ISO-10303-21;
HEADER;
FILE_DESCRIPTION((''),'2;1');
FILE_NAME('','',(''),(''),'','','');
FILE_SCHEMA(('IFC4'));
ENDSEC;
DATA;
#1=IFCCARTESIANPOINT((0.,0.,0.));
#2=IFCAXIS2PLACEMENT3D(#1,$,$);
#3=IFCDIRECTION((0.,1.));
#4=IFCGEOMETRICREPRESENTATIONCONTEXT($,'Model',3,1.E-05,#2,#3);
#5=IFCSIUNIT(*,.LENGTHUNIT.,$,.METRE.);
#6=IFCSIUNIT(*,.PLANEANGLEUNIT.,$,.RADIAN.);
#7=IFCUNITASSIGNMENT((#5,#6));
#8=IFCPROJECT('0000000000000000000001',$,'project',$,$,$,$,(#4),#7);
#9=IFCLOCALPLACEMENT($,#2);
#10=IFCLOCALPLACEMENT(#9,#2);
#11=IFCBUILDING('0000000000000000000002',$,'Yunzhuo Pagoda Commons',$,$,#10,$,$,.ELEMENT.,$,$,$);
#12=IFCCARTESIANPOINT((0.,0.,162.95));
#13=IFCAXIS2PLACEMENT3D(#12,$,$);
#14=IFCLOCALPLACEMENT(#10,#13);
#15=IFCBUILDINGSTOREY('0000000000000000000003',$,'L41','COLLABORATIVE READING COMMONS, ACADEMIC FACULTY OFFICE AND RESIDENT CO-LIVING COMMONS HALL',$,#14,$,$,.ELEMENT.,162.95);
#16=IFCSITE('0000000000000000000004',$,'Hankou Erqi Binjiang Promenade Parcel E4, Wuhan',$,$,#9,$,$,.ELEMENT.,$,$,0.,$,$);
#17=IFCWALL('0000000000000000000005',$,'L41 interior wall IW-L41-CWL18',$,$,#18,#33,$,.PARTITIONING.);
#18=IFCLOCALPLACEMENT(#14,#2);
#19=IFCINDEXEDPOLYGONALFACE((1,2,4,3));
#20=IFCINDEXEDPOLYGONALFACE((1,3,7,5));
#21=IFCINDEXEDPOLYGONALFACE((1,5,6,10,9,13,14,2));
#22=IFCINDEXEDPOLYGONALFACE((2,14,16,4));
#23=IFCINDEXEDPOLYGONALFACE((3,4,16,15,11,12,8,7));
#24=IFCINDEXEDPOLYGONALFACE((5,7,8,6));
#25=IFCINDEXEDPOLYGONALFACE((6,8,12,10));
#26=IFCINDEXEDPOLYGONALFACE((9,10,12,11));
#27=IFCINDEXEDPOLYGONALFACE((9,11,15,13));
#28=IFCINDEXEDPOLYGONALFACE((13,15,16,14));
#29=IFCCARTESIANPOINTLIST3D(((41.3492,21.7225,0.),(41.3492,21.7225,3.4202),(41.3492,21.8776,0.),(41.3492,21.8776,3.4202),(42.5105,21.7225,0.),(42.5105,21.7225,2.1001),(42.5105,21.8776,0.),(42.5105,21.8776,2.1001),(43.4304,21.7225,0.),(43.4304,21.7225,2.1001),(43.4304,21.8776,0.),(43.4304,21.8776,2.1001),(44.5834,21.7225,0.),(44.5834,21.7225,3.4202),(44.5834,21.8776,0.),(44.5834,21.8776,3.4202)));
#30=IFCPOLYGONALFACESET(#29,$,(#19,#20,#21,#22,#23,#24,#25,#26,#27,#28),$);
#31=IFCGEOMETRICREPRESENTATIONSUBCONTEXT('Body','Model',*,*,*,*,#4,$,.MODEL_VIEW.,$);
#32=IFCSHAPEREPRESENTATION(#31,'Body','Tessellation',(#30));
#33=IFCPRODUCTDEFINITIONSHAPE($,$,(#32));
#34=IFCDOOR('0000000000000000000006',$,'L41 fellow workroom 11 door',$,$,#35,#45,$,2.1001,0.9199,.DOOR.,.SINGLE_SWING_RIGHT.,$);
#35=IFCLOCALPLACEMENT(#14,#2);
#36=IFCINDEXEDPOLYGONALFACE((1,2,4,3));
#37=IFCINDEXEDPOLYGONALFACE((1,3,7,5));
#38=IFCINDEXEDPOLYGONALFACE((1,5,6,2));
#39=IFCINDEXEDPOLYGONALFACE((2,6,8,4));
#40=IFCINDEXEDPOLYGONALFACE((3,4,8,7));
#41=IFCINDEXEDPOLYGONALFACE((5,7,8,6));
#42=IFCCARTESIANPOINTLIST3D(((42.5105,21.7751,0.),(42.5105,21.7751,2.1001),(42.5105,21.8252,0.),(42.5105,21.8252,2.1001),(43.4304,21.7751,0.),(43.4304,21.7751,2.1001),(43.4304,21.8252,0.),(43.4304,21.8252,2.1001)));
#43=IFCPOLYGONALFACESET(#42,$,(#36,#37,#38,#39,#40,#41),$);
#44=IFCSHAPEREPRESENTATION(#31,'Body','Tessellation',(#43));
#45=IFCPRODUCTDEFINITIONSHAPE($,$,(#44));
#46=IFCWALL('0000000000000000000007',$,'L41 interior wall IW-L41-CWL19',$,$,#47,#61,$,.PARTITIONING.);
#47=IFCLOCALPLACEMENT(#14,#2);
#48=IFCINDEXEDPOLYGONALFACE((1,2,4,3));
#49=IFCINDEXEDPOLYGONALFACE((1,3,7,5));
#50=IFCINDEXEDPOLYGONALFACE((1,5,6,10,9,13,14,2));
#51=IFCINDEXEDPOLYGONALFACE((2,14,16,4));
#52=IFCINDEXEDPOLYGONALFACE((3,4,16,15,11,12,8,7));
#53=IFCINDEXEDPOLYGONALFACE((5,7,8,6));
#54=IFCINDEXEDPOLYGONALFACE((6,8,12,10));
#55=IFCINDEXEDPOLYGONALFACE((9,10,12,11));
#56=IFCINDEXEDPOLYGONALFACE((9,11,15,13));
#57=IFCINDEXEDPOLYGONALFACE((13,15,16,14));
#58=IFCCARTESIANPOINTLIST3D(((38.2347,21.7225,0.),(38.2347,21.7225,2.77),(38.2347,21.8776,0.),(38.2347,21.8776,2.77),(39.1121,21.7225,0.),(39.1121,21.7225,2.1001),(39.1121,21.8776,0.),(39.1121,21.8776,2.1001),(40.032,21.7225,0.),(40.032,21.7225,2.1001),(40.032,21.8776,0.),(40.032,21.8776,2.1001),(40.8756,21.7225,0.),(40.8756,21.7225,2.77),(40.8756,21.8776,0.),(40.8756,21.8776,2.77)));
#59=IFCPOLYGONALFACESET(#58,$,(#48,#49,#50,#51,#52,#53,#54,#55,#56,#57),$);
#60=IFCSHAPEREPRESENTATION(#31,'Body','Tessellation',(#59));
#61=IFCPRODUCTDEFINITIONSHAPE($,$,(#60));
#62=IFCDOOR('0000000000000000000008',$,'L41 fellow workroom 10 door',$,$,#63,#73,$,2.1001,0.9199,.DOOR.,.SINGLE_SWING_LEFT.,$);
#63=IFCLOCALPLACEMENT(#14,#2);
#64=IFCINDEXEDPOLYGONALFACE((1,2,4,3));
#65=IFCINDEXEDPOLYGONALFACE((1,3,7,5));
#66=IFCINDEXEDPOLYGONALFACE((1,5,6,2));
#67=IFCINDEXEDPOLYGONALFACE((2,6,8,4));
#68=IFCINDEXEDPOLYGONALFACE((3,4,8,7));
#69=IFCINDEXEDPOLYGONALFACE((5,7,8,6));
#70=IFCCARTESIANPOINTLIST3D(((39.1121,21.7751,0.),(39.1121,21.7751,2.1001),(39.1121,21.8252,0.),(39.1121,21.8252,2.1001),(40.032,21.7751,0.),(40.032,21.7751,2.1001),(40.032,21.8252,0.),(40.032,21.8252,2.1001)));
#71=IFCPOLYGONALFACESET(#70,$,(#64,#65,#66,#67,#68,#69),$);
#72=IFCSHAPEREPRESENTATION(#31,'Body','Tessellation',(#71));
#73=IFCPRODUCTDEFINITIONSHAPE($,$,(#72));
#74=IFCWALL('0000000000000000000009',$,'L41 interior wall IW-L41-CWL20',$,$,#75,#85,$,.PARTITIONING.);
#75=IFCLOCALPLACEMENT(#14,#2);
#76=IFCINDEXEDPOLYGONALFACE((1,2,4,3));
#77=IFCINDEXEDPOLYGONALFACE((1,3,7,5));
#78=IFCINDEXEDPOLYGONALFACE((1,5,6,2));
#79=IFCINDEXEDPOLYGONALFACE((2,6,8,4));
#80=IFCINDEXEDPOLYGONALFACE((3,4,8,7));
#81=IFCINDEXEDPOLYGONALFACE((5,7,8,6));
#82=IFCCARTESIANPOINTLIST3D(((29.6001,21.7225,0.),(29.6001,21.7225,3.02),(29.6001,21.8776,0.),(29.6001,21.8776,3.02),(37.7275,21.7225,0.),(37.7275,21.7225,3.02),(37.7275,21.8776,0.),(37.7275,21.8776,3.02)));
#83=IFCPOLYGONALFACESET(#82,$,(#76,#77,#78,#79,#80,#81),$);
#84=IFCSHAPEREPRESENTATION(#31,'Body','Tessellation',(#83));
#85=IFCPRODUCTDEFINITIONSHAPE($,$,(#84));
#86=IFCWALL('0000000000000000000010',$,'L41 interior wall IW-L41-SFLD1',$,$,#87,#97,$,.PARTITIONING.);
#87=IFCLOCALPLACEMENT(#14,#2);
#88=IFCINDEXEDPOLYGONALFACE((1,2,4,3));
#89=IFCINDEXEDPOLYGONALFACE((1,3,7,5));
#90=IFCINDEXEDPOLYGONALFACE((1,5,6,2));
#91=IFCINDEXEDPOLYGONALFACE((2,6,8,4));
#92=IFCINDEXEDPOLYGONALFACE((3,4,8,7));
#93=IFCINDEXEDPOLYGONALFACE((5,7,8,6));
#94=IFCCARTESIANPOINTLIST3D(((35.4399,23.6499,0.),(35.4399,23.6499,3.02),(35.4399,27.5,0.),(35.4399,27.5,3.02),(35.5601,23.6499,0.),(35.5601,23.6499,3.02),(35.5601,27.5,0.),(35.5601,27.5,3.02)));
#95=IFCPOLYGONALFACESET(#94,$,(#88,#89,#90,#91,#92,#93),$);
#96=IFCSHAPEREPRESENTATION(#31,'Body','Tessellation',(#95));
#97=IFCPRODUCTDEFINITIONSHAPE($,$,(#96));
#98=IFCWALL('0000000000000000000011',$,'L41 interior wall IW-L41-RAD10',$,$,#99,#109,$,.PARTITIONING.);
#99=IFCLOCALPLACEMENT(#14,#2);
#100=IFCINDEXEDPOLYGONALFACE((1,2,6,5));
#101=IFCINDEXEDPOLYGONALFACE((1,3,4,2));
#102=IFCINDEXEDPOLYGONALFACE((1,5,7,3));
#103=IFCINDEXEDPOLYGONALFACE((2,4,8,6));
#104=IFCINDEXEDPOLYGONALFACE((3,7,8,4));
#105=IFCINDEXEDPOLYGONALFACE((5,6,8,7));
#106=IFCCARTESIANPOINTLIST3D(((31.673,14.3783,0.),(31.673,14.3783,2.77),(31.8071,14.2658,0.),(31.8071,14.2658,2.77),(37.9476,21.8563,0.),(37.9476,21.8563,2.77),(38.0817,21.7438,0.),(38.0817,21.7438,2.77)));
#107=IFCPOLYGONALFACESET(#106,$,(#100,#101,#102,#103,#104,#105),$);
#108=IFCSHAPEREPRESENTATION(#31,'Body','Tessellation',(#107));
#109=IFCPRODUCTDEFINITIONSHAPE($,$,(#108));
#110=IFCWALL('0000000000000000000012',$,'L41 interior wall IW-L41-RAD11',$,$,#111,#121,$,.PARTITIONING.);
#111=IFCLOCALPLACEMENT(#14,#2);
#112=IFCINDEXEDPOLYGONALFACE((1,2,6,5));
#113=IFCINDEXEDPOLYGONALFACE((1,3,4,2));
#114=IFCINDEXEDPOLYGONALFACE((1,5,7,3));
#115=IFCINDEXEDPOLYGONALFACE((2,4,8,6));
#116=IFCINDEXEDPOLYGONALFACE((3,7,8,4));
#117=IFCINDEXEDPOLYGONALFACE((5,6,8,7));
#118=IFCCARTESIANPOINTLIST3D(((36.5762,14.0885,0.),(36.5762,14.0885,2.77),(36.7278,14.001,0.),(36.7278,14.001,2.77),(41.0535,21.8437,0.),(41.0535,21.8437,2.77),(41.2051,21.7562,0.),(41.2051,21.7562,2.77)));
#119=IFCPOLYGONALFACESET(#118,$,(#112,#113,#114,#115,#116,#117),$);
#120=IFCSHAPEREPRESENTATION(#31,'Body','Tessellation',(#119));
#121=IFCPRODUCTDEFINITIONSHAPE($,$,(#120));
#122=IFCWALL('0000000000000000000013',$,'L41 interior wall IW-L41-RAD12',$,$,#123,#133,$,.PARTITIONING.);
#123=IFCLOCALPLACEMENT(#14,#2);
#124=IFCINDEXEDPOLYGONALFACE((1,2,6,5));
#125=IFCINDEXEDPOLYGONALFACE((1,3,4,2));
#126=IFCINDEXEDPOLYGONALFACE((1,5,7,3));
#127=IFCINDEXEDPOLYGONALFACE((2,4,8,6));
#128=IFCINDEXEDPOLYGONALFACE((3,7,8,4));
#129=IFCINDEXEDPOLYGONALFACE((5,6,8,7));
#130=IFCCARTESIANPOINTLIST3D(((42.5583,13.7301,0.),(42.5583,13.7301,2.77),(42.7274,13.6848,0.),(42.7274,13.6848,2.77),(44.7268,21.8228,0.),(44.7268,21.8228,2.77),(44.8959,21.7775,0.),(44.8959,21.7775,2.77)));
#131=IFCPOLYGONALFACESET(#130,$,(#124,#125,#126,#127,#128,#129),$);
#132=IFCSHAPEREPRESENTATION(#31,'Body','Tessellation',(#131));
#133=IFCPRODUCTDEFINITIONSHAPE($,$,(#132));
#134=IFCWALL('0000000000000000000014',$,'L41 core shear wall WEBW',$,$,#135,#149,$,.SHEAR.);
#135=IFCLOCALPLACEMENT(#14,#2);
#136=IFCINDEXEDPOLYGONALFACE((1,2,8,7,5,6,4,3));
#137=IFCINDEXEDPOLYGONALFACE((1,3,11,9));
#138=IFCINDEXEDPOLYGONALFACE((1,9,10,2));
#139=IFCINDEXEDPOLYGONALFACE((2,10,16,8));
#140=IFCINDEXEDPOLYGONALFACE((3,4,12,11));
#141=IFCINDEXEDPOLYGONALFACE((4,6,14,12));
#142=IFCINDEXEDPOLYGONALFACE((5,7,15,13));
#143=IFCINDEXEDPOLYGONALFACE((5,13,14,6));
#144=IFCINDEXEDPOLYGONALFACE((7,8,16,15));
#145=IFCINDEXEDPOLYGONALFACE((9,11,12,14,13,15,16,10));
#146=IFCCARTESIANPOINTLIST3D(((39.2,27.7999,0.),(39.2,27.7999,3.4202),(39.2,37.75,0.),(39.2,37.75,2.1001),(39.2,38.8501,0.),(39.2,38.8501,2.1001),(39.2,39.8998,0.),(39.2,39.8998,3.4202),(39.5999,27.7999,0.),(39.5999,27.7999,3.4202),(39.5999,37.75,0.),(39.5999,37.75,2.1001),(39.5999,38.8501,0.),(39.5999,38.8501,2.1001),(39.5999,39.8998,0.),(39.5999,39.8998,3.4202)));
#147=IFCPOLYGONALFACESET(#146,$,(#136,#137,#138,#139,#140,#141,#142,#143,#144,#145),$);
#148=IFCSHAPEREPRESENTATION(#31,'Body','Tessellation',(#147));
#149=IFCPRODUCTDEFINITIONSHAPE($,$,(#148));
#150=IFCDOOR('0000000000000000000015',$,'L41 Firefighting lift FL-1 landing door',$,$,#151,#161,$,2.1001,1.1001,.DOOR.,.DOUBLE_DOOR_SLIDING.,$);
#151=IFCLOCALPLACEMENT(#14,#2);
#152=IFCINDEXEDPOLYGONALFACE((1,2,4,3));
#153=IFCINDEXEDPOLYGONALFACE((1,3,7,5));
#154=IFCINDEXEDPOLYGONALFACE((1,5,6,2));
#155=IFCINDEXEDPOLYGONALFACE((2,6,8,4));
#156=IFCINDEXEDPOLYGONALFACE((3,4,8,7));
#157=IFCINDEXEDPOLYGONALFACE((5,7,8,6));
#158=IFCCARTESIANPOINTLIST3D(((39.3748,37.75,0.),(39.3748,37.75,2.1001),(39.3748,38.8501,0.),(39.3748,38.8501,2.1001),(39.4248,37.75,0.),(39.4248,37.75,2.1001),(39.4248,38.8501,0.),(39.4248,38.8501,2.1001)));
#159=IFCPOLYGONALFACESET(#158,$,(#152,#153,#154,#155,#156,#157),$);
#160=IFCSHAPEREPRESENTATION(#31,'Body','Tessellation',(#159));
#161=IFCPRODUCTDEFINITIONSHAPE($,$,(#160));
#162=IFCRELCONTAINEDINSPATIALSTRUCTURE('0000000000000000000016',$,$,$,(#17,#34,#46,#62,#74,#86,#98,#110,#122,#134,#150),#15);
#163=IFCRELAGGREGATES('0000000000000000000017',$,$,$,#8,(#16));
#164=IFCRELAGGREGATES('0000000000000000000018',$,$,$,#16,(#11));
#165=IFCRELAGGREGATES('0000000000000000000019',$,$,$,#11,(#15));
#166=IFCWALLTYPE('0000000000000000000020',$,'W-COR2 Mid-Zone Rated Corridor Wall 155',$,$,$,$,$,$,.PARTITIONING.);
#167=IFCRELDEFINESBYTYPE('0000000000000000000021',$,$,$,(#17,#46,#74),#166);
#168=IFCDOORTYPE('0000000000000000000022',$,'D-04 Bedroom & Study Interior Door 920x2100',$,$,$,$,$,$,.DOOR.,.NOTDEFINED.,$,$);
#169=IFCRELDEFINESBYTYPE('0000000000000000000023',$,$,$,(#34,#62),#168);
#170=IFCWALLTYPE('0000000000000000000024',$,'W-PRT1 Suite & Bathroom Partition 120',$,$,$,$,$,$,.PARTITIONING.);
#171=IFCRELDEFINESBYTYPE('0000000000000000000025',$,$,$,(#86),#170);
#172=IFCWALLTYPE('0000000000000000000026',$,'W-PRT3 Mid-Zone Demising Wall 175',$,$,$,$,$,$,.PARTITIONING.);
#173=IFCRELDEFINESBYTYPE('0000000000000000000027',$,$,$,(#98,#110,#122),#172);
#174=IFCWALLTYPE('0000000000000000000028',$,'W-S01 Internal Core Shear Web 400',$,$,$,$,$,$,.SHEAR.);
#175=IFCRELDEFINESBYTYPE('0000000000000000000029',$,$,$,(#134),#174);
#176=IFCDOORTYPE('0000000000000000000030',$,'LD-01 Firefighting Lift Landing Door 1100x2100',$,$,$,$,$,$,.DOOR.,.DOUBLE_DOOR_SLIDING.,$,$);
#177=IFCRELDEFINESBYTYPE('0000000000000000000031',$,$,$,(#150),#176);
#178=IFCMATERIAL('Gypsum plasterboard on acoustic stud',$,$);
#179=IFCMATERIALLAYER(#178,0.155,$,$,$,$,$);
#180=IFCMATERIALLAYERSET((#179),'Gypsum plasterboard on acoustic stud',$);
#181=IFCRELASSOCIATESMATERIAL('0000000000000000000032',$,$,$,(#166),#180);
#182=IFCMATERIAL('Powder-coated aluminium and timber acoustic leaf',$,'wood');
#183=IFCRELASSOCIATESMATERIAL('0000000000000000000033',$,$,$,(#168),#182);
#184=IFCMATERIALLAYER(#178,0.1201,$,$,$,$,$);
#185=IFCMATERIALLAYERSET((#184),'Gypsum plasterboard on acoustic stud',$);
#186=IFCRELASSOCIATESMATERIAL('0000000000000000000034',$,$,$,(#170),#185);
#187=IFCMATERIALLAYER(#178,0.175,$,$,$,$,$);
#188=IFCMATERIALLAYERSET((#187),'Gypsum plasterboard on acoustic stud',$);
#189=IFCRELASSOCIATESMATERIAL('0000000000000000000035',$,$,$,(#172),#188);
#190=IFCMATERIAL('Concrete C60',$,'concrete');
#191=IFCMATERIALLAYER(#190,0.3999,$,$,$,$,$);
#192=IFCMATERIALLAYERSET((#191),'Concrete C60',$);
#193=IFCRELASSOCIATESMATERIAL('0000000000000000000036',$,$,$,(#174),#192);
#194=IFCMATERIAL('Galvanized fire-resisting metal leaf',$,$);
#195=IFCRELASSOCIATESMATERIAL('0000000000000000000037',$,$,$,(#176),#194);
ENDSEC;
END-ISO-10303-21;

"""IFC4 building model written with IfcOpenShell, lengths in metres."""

from ifc_helpers import new_model, si_unit, direction, frame, frame_2d, origin, origin_with_axes, place, context, subcontext, project, spatial, rectangle, extrude, source, transform, mapped, material, layer, layer_set, type_object, element, fill, save


model = new_model("IFC4")

# Units and contexts
model_context = context("Model", 3, precision=1e-05, world=origin(), true_north=direction((0.0, 1.0)))
body_context = subcontext(model_context, "Body", "Model", "MODEL_VIEW")
ifc_project = project(units=[si_unit("LENGTHUNIT", "METRE"), si_unit("PLANEANGLEUNIT", "RADIAN")], contexts=[model_context])

# Site, building, storey
site_placement = place(None, origin())
site = spatial("IfcSite", under=ifc_project, at=site_placement, Name="Hankou Erqi Binjiang Promenade Parcel E4, Wuhan", CompositionType="ELEMENT", RefElevation=0.0)
building_placement = place(site_placement, origin())
building = spatial("IfcBuilding", under=site, at=building_placement, Name="Yunzhuo Pagoda Commons", CompositionType="ELEMENT")
storey_placement = place(building_placement, frame((0.0, 0.0, 162.95)))
storey = spatial("IfcBuildingStorey", under=building, at=storey_placement, Name="L41", Description="COLLABORATIVE READING COMMONS, ACADEMIC FACULTY OFFICE AND RESIDENT CO-LIVING COMMONS HALL", CompositionType="ELEMENT", Elevation=162.95)

# Shared definitions
ifc_material_1 = material(Name="Concrete C60", Category="concrete")

# Walls, openings, doors
ifc_material_2 = material(Name="Gypsum plasterboard on acoustic stud")
ifc_layer_1 = layer(ifc_material_2, 0.155)
ifc_layer_set_1 = layer_set([ifc_layer_1], Name="Gypsum plasterboard on acoustic stud")
wall_type_1 = type_object("IfcWallType", Name="W-COR2 Mid-Zone Rated Corridor Wall 155", PredefinedType="PARTITIONING", material=ifc_layer_set_1)
ifc_material_3 = material(Name="Galvanized fire-resisting metal leaf")
wall_1_placement = place(storey_placement, frame((44.5835, 21.8, 0.0), z_axis=(0.0, 0.0, 1.0), x_axis=(-1.0, 0.0, 0.0)))
wall_1 = element("IfcWall", 1, at=wall_1_placement, inside=storey, type_object=wall_type_1, Name="L41 interior wall IW-L41-CWL18", PredefinedType="PARTITIONING", context=body_context, shape_type="SweptSolid", body=[
    extrude(rectangle(XDim=3.2341, YDim=0.155, at=frame_2d((1.6172, 0.0))), origin(), (0.0, 0.0, 1.0), 3.4202),
])
opening_1_placement = place(wall_1_placement, frame((1.1531, 0.0, 0.0)))
opening_1 = element("IfcOpeningElement", 2, at=opening_1_placement, cuts=wall_1, PredefinedType="OPENING", context=body_context, shape_type="SweptSolid", body=[
    extrude(rectangle(XDim=0.9199, YDim=2.1001, at=frame_2d((0.46, 1.05))), frame((0.0, 0.0874, 0.0), z_axis=(0.0, -1.0, 0.0), x_axis=(1.0, 0.0, 0.0)), (0.0, 0.0, 1.0), 0.175),
])
ifc_material_4 = material(Name="Powder-coated aluminium and timber acoustic leaf", Category="wood")
door_type_1 = type_object("IfcDoorType", Name="D-04 Bedroom & Study Interior Door 920x2100", OperationType="NOTDEFINED", PredefinedType="DOOR", material=ifc_material_4)
shared_shape_1 = source(origin(), body_context, "Body", "SweptSolid", [
    extrude(rectangle(XDim=0.9199, YDim=2.1001, at=frame_2d((0.46, 1.05))), frame((0.0, 0.0249, 0.0), z_axis=(0.0, -1.0, 0.0), x_axis=(1.0, 0.0, 0.0)), (0.0, 0.0, 1.0), 0.05),
])
door_1_placement = place(opening_1_placement, origin_with_axes())
door_1 = element("IfcDoor", 3, at=door_1_placement, inside=storey, type_object=door_type_1, Name="L41 fellow workroom 11 door", OperationType="SINGLE_SWING_RIGHT", OverallHeight=2.1001, OverallWidth=0.9199, PredefinedType="DOOR", context=body_context, shape_type="MappedRepresentation", body=[
    mapped(shared_shape_1, transform((0.0, 0.0, 0.0), scale=1.0)),
])
fill(opening_1, door_1)
wall_2_placement = place(storey_placement, frame((40.8755, 21.8, 0.0), z_axis=(0.0, 0.0, 1.0), x_axis=(-1.0, 0.0, 0.0)))
wall_2 = element("IfcWall", 4, at=wall_2_placement, inside=storey, type_object=wall_type_1, Name="L41 interior wall IW-L41-CWL19", PredefinedType="PARTITIONING", context=body_context, shape_type="SweptSolid", body=[
    extrude(rectangle(XDim=2.6409, YDim=0.155, at=frame_2d((1.3203, 0.0))), origin(), (0.0, 0.0, 1.0), 2.77),
])
opening_2_placement = place(wall_2_placement, frame((0.8435, 0.0, 0.0)))
opening_2 = element("IfcOpeningElement", 5, at=opening_2_placement, cuts=wall_2, PredefinedType="OPENING", context=body_context, shape_type="SweptSolid", body=[
    extrude(rectangle(XDim=0.9199, YDim=2.1001, at=frame_2d((0.46, 1.05))), frame((0.0, 0.0874, 0.0), z_axis=(0.0, -1.0, 0.0), x_axis=(1.0, 0.0, 0.0)), (0.0, 0.0, 1.0), 0.175),
])
door_2_placement = place(opening_2_placement, origin_with_axes())
door_2 = element("IfcDoor", 6, at=door_2_placement, inside=storey, type_object=door_type_1, Name="L41 fellow workroom 10 door", OperationType="SINGLE_SWING_LEFT", OverallHeight=2.1001, OverallWidth=0.9199, PredefinedType="DOOR", context=body_context, shape_type="MappedRepresentation", body=[
    mapped(shared_shape_1, transform((0.0, 0.0, 0.0), scale=1.0)),
])
fill(opening_2, door_2)

# Walls
wall_3_placement = place(storey_placement, frame((37.7275, 21.8, 0.0), z_axis=(0.0, 0.0, 1.0), x_axis=(-1.0, 0.0, 0.0)))
element("IfcWall", 7, at=wall_3_placement, inside=storey, type_object=wall_type_1, Name="L41 interior wall IW-L41-CWL20", PredefinedType="PARTITIONING", context=body_context, shape_type="SweptSolid", body=[
    extrude(rectangle(XDim=8.1274, YDim=0.155, at=frame_2d((4.0637, 0.0))), origin(), (0.0, 0.0, 1.0), 3.02),
])
ifc_layer_2 = layer(ifc_material_2, 0.1201)
ifc_layer_set_2 = layer_set([ifc_layer_2], Name="Gypsum plasterboard on acoustic stud")
wall_type_2 = type_object("IfcWallType", Name="W-PRT1 Suite & Bathroom Partition 120", PredefinedType="PARTITIONING", material=ifc_layer_set_2)
wall_4_placement = place(storey_placement, frame((35.5, 23.6499, 0.0), z_axis=(0.0, 0.0, 1.0), x_axis=(0.0, 1.0, 0.0)))
element("IfcWall", 8, at=wall_4_placement, inside=storey, type_object=wall_type_2, Name="L41 interior wall IW-L41-SFLD1", PredefinedType="PARTITIONING", context=body_context, shape_type="SweptSolid", body=[
    extrude(rectangle(XDim=3.8501, YDim=0.1201, at=frame_2d((1.925, 0.0))), origin(), (0.0, 0.0, 1.0), 3.02),
])
ifc_layer_3 = layer(ifc_material_2, 0.175)
ifc_layer_set_3 = layer_set([ifc_layer_3], Name="Gypsum plasterboard on acoustic stud")
wall_type_3 = type_object("IfcWallType", Name="W-PRT3 Mid-Zone Demising Wall 175", PredefinedType="PARTITIONING", material=ifc_layer_set_3)
wall_5_placement = place(storey_placement, frame((38.0146, 21.8, 0.0), z_axis=(0.0, 0.0, 1.0), x_axis=(-0.642778, -0.766052, 0.0)))
element("IfcWall", 9, at=wall_5_placement, inside=storey, type_object=wall_type_3, Name="L41 interior wall IW-L41-RAD10", PredefinedType="PARTITIONING", context=body_context, shape_type="SweptSolid", body=[
    extrude(rectangle(XDim=9.7617, YDim=0.175, at=frame_2d((4.8809, 0.0))), origin(), (0.0, 0.0, 1.0), 2.77),
])
wall_6_placement = place(storey_placement, frame((41.1294, 21.8, 0.0), z_axis=(0.0, 0.0, 1.0), x_axis=(-0.499989, -0.866032, 0.0)))
element("IfcWall", 10, at=wall_6_placement, inside=storey, type_object=wall_type_3, Name="L41 interior wall IW-L41-RAD11", PredefinedType="PARTITIONING", context=body_context, shape_type="SweptSolid", body=[
    extrude(rectangle(XDim=8.9548, YDim=0.175, at=frame_2d((4.4775, 0.0))), origin(), (0.0, 0.0, 1.0), 2.77),
])
wall_7_placement = place(storey_placement, frame((44.8113, 21.8, 0.0), z_axis=(0.0, 0.0, 1.0), x_axis=(-0.25882, -0.965926, 0.0)))
element("IfcWall", 11, at=wall_7_placement, inside=storey, type_object=wall_type_3, Name="L41 interior wall IW-L41-RAD12", PredefinedType="PARTITIONING", context=body_context, shape_type="SweptSolid", body=[
    extrude(rectangle(XDim=8.3782, YDim=0.175, at=frame_2d((4.189, 0.0))), origin(), (0.0, 0.0, 1.0), 2.77),
])

# Wall, opening, door
ifc_layer_4 = layer(ifc_material_1, 0.3999)
ifc_layer_set_4 = layer_set([ifc_layer_4], Name="Concrete C60")
wall_type_4 = type_object("IfcWallType", Name="W-S01 Internal Core Shear Web 400", PredefinedType="SHEAR", material=ifc_layer_set_4)
wall_8_placement = place(storey_placement, frame((39.3999, 27.8, 0.0), z_axis=(0.0, 0.0, 1.0), x_axis=(0.0, 1.0, 0.0)))
wall_8 = element("IfcWall", 12, at=wall_8_placement, inside=storey, type_object=wall_type_4, Name="L41 core shear wall WEBW", PredefinedType="SHEAR", context=body_context, shape_type="SweptSolid", body=[
    extrude(rectangle(XDim=12.0999, YDim=0.3999, at=frame_2d((6.0498, 0.0))), origin(), (0.0, 0.0, 1.0), 3.4202),
])
opening_3_placement = place(wall_8_placement, frame((9.95, 0.0, 0.0)))
opening_3 = element("IfcOpeningElement", 13, at=opening_3_placement, cuts=wall_8, PredefinedType="OPENING", context=body_context, shape_type="SweptSolid", body=[
    extrude(rectangle(XDim=1.1001, YDim=2.1001, at=frame_2d((0.55, 1.05))), frame((0.0, 0.21, 0.0), z_axis=(0.0, -1.0, 0.0), x_axis=(1.0, 0.0, 0.0)), (0.0, 0.0, 1.0), 0.4199),
])
door_type_2 = type_object("IfcDoorType", Name="LD-01 Firefighting Lift Landing Door 1100x2100", OperationType="DOUBLE_DOOR_SLIDING", PredefinedType="DOOR", material=ifc_material_3)
shared_shape_2 = source(origin(), body_context, "Body", "SweptSolid", [
    extrude(rectangle(XDim=1.1001, YDim=2.1001, at=frame_2d((0.55, 1.05))), frame((0.0, 0.0249, 0.0), z_axis=(0.0, -1.0, 0.0), x_axis=(1.0, 0.0, 0.0)), (0.0, 0.0, 1.0), 0.05),
])
door_3_placement = place(opening_3_placement, frame((1.1001, 0.0, 0.0), z_axis=(0.0, 0.0, 1.0), x_axis=(-1.0, 0.0, 0.0)))
door_3 = element("IfcDoor", 14, at=door_3_placement, inside=storey, type_object=door_type_2, Name="L41 Firefighting lift FL-1 landing door", OperationType="DOUBLE_DOOR_SLIDING", OverallHeight=2.1001, OverallWidth=1.1001, PredefinedType="DOOR", context=body_context, shape_type="MappedRepresentation", body=[
    mapped(shared_shape_2, transform((0.0, 0.0, 0.0), scale=1.0)),
])
fill(opening_3, door_3)

save(model, "model.ifc")
